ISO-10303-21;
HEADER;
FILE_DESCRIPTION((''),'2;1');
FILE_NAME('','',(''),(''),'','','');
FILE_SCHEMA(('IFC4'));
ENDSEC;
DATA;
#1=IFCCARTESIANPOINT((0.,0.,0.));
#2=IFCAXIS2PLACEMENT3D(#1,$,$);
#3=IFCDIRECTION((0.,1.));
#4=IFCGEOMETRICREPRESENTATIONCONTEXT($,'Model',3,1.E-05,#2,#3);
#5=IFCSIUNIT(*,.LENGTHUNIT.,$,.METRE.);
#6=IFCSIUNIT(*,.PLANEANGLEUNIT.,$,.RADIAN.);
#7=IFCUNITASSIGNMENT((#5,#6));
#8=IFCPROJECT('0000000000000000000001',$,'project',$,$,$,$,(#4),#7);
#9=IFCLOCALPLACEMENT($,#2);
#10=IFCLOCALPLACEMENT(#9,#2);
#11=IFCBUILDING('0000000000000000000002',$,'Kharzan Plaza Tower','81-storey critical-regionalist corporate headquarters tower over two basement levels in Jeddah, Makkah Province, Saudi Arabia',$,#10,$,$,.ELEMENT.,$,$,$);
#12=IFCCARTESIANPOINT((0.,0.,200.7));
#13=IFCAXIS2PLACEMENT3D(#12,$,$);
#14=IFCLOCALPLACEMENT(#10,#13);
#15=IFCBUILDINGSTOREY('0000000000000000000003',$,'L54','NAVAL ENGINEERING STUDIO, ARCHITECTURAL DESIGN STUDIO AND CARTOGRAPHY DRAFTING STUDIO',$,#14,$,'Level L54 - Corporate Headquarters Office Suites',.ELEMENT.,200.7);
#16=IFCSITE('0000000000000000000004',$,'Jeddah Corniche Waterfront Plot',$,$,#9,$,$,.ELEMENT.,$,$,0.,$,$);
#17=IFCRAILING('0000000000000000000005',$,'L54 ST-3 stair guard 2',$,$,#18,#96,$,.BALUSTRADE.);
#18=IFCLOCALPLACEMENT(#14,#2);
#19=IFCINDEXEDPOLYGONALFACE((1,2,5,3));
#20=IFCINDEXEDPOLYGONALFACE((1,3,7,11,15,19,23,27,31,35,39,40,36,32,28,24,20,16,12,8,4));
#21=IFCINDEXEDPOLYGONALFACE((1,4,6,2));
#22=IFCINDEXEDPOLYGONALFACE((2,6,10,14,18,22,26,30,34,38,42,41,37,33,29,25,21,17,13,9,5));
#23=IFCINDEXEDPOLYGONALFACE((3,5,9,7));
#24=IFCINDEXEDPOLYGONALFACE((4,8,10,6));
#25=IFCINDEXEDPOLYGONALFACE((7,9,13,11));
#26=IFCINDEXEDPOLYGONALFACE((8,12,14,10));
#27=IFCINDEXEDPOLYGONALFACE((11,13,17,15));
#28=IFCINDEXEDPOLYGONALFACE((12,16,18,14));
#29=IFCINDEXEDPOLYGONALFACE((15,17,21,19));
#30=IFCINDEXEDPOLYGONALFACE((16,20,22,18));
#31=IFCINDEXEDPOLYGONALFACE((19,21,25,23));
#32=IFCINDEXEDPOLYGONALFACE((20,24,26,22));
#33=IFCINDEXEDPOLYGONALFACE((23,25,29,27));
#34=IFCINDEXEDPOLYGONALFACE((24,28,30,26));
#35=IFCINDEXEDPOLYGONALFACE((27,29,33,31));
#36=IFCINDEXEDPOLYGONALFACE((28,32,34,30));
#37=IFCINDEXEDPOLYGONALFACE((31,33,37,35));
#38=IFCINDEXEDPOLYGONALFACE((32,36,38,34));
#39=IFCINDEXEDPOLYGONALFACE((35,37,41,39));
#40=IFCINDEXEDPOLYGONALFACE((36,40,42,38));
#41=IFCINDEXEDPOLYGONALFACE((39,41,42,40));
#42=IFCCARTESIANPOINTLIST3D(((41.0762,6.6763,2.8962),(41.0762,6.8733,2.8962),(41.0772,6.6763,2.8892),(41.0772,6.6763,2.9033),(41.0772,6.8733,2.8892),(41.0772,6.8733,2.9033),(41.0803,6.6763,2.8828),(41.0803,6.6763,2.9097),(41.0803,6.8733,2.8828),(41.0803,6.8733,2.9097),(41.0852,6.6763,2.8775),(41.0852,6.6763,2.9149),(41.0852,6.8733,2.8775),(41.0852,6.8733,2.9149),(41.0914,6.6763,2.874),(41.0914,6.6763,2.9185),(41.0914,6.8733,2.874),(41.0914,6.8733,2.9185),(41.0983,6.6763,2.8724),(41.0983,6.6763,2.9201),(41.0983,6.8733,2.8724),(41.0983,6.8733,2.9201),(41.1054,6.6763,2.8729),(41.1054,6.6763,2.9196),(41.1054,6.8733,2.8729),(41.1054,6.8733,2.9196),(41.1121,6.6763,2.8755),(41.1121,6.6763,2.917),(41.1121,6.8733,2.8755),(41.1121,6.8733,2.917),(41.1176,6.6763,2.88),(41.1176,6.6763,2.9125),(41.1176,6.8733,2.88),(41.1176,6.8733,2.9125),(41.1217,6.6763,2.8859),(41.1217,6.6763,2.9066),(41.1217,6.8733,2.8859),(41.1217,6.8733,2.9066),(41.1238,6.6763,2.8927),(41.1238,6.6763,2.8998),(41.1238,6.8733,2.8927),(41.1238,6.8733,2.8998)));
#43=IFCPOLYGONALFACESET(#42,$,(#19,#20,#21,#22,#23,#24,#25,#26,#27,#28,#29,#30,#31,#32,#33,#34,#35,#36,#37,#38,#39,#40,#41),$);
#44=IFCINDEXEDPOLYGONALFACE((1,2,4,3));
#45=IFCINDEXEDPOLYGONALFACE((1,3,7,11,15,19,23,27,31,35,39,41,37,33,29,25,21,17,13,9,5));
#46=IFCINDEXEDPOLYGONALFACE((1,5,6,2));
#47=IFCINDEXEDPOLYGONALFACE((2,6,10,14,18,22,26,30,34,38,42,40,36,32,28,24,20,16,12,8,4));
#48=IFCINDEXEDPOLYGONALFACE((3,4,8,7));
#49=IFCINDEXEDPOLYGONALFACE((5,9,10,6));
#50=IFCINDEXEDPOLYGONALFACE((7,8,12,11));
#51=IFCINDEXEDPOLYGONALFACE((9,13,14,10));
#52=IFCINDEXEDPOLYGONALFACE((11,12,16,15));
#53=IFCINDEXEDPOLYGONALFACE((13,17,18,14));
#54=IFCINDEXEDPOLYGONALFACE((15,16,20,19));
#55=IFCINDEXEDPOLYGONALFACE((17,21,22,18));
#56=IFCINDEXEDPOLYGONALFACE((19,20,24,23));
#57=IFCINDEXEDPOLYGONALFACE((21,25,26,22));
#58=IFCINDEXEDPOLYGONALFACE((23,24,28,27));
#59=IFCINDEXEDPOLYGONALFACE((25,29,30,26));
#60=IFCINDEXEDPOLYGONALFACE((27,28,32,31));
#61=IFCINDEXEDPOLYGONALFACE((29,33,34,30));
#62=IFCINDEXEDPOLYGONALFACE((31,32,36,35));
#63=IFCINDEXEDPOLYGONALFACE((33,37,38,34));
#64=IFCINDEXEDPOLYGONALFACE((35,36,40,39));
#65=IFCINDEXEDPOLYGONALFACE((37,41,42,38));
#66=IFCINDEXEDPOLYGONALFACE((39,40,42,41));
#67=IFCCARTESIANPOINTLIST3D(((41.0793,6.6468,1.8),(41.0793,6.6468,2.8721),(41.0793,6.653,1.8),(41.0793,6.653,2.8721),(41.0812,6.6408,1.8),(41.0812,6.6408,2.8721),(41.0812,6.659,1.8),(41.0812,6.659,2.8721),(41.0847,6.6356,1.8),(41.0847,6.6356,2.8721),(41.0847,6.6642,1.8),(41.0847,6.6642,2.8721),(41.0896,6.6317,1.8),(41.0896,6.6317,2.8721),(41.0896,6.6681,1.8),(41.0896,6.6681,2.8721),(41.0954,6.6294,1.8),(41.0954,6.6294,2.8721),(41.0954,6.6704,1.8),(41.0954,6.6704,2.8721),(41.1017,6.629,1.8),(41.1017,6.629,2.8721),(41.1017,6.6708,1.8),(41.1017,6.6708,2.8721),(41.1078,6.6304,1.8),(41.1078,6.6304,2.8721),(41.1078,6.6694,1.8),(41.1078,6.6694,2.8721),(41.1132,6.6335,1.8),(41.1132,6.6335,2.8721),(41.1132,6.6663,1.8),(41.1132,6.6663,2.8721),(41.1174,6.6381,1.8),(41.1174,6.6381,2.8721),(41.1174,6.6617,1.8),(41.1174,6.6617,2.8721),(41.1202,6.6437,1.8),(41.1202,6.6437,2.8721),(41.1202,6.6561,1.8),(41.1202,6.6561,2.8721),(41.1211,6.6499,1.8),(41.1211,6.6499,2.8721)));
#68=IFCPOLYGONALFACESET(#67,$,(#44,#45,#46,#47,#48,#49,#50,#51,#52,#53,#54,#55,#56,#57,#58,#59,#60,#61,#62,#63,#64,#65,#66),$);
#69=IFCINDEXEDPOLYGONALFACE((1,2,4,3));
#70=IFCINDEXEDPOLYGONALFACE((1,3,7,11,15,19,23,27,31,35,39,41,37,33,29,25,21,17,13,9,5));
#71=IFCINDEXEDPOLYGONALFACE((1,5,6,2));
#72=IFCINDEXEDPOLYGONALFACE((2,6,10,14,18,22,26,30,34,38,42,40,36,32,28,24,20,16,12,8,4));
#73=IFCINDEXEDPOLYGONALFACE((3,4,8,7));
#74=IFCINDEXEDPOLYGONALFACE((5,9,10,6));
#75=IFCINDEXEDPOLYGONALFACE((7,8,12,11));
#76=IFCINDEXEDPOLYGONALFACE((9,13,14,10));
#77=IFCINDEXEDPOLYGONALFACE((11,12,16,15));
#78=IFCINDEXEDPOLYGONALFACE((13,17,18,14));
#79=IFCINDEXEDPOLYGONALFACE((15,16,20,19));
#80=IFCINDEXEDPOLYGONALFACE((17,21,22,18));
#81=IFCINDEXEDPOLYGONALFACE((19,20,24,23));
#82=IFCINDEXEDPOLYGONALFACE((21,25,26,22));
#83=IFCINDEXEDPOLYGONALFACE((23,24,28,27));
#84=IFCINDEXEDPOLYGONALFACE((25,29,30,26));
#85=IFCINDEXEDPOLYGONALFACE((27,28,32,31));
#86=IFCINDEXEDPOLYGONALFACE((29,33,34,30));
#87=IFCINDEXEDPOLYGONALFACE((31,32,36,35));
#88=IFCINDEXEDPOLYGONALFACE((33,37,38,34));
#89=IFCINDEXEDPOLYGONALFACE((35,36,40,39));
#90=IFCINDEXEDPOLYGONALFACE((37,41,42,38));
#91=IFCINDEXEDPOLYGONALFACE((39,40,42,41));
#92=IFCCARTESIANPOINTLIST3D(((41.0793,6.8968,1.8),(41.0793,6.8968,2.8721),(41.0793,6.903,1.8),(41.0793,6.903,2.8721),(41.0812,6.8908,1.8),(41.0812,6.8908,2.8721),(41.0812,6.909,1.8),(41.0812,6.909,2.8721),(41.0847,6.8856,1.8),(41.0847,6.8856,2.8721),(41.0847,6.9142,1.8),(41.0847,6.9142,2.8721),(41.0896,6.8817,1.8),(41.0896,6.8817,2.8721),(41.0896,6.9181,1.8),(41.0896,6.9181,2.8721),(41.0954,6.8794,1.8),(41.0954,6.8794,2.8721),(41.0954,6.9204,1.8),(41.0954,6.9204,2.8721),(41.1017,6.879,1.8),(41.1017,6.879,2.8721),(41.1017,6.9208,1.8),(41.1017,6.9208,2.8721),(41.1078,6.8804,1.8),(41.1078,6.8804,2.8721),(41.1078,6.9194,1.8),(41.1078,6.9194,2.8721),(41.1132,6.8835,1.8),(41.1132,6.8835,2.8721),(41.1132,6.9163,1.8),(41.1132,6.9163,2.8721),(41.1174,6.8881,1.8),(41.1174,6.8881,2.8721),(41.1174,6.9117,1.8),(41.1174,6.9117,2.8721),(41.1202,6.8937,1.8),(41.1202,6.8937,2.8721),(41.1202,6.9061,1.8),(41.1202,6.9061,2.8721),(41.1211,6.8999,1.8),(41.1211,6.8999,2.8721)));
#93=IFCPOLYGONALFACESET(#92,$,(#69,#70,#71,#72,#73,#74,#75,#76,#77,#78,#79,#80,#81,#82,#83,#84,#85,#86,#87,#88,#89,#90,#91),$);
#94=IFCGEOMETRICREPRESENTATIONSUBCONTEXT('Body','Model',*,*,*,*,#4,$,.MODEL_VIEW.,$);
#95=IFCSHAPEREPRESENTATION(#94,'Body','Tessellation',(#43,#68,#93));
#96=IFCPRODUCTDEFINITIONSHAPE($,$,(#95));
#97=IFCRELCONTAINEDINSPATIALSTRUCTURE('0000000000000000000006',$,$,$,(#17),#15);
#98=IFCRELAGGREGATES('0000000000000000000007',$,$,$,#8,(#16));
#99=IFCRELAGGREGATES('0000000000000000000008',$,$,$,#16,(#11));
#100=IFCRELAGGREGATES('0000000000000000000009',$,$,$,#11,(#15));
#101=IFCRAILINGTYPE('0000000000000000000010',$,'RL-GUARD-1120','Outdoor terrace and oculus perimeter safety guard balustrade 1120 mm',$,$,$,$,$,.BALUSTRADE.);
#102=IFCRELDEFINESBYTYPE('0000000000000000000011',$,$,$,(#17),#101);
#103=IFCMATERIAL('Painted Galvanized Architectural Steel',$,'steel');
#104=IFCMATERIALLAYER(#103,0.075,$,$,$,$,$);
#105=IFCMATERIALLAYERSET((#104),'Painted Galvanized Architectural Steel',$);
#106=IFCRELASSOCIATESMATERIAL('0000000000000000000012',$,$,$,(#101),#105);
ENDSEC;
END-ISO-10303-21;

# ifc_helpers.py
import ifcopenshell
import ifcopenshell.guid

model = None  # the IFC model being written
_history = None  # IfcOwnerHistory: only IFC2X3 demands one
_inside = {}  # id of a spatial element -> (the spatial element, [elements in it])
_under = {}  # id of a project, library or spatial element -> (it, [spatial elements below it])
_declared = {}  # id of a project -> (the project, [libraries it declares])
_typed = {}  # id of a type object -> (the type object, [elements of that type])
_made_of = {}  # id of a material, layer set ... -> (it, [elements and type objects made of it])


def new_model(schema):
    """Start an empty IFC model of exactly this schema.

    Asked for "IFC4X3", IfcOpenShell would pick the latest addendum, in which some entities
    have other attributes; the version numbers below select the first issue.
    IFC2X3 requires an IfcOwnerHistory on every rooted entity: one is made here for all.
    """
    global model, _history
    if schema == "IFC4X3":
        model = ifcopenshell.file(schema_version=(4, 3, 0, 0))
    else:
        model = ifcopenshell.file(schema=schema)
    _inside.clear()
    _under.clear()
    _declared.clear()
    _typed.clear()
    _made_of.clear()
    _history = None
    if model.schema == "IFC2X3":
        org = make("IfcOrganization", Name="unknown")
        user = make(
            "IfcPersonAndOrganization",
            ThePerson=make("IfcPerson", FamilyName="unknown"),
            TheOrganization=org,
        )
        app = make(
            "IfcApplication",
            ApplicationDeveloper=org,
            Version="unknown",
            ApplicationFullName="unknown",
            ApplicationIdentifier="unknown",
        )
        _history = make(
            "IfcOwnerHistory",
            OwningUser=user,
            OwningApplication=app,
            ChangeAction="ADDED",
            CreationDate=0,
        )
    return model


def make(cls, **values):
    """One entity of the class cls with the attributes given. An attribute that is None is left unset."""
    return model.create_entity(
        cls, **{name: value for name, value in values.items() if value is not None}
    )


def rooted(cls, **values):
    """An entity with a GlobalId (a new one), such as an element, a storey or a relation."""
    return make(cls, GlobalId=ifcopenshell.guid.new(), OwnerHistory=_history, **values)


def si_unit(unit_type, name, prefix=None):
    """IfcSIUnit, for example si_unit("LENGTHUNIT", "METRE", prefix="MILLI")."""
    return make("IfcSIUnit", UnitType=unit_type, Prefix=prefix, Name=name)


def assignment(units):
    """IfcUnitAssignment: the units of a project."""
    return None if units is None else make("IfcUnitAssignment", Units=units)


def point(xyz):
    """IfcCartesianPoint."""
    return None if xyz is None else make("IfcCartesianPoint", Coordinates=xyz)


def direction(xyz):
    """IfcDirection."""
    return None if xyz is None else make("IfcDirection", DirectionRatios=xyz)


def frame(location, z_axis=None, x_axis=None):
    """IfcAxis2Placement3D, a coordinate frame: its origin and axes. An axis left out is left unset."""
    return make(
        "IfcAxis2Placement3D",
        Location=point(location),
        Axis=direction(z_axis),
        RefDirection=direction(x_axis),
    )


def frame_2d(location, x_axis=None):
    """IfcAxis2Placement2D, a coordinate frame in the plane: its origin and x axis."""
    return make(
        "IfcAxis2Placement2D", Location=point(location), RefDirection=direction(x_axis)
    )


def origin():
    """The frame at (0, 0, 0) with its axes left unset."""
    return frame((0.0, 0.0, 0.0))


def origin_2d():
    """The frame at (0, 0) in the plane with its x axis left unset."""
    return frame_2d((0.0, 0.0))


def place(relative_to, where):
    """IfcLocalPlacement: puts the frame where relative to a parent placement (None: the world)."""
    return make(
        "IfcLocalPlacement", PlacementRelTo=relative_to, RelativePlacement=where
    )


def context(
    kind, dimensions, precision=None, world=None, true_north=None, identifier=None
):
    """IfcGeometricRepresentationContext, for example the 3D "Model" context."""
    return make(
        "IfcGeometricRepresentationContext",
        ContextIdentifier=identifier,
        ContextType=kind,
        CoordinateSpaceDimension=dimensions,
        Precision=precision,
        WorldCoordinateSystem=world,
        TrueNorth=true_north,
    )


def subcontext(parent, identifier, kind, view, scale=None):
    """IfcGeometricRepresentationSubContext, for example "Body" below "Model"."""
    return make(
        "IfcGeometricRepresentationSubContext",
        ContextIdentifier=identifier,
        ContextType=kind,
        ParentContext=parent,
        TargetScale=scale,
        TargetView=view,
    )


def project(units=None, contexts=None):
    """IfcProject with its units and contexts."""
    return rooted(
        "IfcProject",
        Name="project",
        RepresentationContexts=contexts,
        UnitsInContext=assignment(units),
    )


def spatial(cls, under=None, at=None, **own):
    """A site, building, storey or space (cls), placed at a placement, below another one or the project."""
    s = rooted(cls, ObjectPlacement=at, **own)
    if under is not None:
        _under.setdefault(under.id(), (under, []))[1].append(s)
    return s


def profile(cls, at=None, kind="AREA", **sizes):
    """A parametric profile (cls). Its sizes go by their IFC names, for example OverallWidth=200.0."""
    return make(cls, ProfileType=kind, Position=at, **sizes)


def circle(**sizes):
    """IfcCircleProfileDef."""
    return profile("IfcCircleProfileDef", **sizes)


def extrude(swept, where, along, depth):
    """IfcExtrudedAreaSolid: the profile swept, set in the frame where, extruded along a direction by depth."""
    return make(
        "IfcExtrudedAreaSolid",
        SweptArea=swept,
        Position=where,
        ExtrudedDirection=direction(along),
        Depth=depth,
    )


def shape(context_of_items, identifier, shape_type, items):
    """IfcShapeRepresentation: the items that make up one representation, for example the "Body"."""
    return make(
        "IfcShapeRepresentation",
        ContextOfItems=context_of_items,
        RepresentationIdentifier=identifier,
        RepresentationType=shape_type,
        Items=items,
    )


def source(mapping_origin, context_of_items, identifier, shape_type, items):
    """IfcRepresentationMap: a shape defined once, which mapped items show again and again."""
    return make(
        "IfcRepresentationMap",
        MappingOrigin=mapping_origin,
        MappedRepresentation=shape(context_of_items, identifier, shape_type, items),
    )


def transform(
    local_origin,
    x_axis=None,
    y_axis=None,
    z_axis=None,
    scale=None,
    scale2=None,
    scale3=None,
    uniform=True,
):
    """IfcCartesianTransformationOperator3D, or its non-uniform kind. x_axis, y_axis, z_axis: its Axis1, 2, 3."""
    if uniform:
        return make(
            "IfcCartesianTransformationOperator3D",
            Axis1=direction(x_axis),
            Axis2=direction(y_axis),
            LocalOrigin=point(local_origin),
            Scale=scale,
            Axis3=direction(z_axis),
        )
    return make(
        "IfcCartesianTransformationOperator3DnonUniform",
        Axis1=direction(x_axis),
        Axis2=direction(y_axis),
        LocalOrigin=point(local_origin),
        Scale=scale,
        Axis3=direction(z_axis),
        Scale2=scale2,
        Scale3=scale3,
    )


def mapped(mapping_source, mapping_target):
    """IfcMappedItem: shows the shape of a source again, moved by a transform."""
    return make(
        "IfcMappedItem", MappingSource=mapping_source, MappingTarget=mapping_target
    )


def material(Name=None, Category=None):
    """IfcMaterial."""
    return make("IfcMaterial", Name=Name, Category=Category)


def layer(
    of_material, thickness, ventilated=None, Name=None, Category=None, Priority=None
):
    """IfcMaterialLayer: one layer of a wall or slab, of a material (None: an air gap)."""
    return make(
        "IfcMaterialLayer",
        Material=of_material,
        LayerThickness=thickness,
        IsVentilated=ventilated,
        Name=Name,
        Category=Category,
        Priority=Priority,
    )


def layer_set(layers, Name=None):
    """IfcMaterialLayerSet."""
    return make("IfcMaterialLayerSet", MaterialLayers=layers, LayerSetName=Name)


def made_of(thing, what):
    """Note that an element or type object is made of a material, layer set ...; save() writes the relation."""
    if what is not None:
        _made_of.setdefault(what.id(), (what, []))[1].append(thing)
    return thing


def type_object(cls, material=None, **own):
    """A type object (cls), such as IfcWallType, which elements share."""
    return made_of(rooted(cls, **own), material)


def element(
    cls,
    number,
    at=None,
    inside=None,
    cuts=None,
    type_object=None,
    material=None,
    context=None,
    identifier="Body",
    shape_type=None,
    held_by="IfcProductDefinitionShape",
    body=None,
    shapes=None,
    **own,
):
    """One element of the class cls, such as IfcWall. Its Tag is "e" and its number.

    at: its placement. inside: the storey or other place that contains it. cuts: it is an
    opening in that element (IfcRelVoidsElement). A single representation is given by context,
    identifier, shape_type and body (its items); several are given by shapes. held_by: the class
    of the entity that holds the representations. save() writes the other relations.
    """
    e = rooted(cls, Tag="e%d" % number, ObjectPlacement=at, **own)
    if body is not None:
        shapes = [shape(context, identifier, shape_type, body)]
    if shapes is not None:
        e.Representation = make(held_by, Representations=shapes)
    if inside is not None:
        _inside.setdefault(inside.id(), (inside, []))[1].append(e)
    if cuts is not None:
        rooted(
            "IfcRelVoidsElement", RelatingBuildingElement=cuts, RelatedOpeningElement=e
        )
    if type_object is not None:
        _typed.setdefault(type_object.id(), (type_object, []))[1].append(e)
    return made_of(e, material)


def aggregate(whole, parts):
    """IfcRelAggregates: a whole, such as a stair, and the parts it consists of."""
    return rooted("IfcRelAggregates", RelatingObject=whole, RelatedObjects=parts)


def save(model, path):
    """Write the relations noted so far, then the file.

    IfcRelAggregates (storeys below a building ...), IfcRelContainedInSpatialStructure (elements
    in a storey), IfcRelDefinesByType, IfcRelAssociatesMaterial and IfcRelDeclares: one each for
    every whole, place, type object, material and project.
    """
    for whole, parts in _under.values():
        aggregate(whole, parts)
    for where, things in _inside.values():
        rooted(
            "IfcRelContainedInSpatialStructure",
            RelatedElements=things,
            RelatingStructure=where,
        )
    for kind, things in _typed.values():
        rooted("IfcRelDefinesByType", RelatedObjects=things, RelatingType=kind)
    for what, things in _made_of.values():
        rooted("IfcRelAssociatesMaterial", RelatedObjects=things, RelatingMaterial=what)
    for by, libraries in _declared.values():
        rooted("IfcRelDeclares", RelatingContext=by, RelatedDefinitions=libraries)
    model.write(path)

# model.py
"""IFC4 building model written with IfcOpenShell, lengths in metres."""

from ifc_helpers import new_model, si_unit, direction, frame, origin, origin_2d, place, context, subcontext, project, spatial, circle, extrude, source, transform, mapped, material, layer, layer_set, type_object, element, save


model = new_model("IFC4")

# Units and contexts
model_context = context("Model", 3, precision=1e-05, world=origin(), true_north=direction((0.0, 1.0)))
body_context = subcontext(model_context, "Body", "Model", "MODEL_VIEW")
ifc_project = project(units=[si_unit("LENGTHUNIT", "METRE"), si_unit("PLANEANGLEUNIT", "RADIAN")], contexts=[model_context])

# Site, building, storey
site_placement = place(None, origin())
site = spatial("IfcSite", under=ifc_project, at=site_placement, Name="Jeddah Corniche Waterfront Plot", CompositionType="ELEMENT", RefElevation=0.0)
building_placement = place(site_placement, origin())
building = spatial("IfcBuilding", under=site, at=building_placement, Name="Kharzan Plaza Tower", Description="81-storey critical-regionalist corporate headquarters tower over two basement levels in Jeddah, Makkah Province, Saudi Arabia", CompositionType="ELEMENT")
storey_placement = place(building_placement, frame((0.0, 0.0, 200.7)))
storey = spatial("IfcBuildingStorey", under=building, at=storey_placement, Name="L54", Description="NAVAL ENGINEERING STUDIO, ARCHITECTURAL DESIGN STUDIO AND CARTOGRAPHY DRAFTING STUDIO", LongName="Level L54 - Corporate Headquarters Office Suites", CompositionType="ELEMENT", Elevation=200.7)

# Railing
ifc_material_1 = material(Name="Painted Galvanized Architectural Steel", Category="steel")
ifc_layer_1 = layer(ifc_material_1, 0.075)
ifc_layer_set_1 = layer_set([ifc_layer_1], Name="Painted Galvanized Architectural Steel")
railing_type_1 = type_object("IfcRailingType", Name="RL-GUARD-1120", Description="Outdoor terrace and oculus perimeter safety guard balustrade 1120 mm", PredefinedType="BALUSTRADE", material=ifc_layer_set_1)
shared_shape_1 = source(origin(), body_context, "Body", "SweptSolid", [
    extrude(circle(Radius=0.0239, at=origin_2d()), frame((0.0, 0.0264, 1.0962), z_axis=(0.0, 1.0, 0.0), x_axis=(-1.0, 0.0, 0.0)), (0.0, 0.0, 1.0), 0.197),
    extrude(circle(Radius=0.021, at=origin_2d()), origin(), (0.0, 0.0, 1.0), 1.072),
    extrude(circle(Radius=0.021, at=origin_2d()), frame((0.0, 0.25, 0.0)), (0.0, 0.0, 1.0), 1.072),
])
railing_1_placement = place(storey_placement, frame((41.1001, 6.6499, 1.8)))
element("IfcRailing", 1, at=railing_1_placement, inside=storey, type_object=railing_type_1, Name="L54 ST-3 stair guard 2", PredefinedType="BALUSTRADE", context=body_context, shape_type="MappedRepresentation", body=[
    mapped(shared_shape_1, transform((0.0, 0.0, 0.0), x_axis=(1.0, 0.0, 0.0), y_axis=(0.0, 1.0, 0.0), z_axis=(0.0, 0.0, 1.0))),
])

save(model, "model.ifc")
